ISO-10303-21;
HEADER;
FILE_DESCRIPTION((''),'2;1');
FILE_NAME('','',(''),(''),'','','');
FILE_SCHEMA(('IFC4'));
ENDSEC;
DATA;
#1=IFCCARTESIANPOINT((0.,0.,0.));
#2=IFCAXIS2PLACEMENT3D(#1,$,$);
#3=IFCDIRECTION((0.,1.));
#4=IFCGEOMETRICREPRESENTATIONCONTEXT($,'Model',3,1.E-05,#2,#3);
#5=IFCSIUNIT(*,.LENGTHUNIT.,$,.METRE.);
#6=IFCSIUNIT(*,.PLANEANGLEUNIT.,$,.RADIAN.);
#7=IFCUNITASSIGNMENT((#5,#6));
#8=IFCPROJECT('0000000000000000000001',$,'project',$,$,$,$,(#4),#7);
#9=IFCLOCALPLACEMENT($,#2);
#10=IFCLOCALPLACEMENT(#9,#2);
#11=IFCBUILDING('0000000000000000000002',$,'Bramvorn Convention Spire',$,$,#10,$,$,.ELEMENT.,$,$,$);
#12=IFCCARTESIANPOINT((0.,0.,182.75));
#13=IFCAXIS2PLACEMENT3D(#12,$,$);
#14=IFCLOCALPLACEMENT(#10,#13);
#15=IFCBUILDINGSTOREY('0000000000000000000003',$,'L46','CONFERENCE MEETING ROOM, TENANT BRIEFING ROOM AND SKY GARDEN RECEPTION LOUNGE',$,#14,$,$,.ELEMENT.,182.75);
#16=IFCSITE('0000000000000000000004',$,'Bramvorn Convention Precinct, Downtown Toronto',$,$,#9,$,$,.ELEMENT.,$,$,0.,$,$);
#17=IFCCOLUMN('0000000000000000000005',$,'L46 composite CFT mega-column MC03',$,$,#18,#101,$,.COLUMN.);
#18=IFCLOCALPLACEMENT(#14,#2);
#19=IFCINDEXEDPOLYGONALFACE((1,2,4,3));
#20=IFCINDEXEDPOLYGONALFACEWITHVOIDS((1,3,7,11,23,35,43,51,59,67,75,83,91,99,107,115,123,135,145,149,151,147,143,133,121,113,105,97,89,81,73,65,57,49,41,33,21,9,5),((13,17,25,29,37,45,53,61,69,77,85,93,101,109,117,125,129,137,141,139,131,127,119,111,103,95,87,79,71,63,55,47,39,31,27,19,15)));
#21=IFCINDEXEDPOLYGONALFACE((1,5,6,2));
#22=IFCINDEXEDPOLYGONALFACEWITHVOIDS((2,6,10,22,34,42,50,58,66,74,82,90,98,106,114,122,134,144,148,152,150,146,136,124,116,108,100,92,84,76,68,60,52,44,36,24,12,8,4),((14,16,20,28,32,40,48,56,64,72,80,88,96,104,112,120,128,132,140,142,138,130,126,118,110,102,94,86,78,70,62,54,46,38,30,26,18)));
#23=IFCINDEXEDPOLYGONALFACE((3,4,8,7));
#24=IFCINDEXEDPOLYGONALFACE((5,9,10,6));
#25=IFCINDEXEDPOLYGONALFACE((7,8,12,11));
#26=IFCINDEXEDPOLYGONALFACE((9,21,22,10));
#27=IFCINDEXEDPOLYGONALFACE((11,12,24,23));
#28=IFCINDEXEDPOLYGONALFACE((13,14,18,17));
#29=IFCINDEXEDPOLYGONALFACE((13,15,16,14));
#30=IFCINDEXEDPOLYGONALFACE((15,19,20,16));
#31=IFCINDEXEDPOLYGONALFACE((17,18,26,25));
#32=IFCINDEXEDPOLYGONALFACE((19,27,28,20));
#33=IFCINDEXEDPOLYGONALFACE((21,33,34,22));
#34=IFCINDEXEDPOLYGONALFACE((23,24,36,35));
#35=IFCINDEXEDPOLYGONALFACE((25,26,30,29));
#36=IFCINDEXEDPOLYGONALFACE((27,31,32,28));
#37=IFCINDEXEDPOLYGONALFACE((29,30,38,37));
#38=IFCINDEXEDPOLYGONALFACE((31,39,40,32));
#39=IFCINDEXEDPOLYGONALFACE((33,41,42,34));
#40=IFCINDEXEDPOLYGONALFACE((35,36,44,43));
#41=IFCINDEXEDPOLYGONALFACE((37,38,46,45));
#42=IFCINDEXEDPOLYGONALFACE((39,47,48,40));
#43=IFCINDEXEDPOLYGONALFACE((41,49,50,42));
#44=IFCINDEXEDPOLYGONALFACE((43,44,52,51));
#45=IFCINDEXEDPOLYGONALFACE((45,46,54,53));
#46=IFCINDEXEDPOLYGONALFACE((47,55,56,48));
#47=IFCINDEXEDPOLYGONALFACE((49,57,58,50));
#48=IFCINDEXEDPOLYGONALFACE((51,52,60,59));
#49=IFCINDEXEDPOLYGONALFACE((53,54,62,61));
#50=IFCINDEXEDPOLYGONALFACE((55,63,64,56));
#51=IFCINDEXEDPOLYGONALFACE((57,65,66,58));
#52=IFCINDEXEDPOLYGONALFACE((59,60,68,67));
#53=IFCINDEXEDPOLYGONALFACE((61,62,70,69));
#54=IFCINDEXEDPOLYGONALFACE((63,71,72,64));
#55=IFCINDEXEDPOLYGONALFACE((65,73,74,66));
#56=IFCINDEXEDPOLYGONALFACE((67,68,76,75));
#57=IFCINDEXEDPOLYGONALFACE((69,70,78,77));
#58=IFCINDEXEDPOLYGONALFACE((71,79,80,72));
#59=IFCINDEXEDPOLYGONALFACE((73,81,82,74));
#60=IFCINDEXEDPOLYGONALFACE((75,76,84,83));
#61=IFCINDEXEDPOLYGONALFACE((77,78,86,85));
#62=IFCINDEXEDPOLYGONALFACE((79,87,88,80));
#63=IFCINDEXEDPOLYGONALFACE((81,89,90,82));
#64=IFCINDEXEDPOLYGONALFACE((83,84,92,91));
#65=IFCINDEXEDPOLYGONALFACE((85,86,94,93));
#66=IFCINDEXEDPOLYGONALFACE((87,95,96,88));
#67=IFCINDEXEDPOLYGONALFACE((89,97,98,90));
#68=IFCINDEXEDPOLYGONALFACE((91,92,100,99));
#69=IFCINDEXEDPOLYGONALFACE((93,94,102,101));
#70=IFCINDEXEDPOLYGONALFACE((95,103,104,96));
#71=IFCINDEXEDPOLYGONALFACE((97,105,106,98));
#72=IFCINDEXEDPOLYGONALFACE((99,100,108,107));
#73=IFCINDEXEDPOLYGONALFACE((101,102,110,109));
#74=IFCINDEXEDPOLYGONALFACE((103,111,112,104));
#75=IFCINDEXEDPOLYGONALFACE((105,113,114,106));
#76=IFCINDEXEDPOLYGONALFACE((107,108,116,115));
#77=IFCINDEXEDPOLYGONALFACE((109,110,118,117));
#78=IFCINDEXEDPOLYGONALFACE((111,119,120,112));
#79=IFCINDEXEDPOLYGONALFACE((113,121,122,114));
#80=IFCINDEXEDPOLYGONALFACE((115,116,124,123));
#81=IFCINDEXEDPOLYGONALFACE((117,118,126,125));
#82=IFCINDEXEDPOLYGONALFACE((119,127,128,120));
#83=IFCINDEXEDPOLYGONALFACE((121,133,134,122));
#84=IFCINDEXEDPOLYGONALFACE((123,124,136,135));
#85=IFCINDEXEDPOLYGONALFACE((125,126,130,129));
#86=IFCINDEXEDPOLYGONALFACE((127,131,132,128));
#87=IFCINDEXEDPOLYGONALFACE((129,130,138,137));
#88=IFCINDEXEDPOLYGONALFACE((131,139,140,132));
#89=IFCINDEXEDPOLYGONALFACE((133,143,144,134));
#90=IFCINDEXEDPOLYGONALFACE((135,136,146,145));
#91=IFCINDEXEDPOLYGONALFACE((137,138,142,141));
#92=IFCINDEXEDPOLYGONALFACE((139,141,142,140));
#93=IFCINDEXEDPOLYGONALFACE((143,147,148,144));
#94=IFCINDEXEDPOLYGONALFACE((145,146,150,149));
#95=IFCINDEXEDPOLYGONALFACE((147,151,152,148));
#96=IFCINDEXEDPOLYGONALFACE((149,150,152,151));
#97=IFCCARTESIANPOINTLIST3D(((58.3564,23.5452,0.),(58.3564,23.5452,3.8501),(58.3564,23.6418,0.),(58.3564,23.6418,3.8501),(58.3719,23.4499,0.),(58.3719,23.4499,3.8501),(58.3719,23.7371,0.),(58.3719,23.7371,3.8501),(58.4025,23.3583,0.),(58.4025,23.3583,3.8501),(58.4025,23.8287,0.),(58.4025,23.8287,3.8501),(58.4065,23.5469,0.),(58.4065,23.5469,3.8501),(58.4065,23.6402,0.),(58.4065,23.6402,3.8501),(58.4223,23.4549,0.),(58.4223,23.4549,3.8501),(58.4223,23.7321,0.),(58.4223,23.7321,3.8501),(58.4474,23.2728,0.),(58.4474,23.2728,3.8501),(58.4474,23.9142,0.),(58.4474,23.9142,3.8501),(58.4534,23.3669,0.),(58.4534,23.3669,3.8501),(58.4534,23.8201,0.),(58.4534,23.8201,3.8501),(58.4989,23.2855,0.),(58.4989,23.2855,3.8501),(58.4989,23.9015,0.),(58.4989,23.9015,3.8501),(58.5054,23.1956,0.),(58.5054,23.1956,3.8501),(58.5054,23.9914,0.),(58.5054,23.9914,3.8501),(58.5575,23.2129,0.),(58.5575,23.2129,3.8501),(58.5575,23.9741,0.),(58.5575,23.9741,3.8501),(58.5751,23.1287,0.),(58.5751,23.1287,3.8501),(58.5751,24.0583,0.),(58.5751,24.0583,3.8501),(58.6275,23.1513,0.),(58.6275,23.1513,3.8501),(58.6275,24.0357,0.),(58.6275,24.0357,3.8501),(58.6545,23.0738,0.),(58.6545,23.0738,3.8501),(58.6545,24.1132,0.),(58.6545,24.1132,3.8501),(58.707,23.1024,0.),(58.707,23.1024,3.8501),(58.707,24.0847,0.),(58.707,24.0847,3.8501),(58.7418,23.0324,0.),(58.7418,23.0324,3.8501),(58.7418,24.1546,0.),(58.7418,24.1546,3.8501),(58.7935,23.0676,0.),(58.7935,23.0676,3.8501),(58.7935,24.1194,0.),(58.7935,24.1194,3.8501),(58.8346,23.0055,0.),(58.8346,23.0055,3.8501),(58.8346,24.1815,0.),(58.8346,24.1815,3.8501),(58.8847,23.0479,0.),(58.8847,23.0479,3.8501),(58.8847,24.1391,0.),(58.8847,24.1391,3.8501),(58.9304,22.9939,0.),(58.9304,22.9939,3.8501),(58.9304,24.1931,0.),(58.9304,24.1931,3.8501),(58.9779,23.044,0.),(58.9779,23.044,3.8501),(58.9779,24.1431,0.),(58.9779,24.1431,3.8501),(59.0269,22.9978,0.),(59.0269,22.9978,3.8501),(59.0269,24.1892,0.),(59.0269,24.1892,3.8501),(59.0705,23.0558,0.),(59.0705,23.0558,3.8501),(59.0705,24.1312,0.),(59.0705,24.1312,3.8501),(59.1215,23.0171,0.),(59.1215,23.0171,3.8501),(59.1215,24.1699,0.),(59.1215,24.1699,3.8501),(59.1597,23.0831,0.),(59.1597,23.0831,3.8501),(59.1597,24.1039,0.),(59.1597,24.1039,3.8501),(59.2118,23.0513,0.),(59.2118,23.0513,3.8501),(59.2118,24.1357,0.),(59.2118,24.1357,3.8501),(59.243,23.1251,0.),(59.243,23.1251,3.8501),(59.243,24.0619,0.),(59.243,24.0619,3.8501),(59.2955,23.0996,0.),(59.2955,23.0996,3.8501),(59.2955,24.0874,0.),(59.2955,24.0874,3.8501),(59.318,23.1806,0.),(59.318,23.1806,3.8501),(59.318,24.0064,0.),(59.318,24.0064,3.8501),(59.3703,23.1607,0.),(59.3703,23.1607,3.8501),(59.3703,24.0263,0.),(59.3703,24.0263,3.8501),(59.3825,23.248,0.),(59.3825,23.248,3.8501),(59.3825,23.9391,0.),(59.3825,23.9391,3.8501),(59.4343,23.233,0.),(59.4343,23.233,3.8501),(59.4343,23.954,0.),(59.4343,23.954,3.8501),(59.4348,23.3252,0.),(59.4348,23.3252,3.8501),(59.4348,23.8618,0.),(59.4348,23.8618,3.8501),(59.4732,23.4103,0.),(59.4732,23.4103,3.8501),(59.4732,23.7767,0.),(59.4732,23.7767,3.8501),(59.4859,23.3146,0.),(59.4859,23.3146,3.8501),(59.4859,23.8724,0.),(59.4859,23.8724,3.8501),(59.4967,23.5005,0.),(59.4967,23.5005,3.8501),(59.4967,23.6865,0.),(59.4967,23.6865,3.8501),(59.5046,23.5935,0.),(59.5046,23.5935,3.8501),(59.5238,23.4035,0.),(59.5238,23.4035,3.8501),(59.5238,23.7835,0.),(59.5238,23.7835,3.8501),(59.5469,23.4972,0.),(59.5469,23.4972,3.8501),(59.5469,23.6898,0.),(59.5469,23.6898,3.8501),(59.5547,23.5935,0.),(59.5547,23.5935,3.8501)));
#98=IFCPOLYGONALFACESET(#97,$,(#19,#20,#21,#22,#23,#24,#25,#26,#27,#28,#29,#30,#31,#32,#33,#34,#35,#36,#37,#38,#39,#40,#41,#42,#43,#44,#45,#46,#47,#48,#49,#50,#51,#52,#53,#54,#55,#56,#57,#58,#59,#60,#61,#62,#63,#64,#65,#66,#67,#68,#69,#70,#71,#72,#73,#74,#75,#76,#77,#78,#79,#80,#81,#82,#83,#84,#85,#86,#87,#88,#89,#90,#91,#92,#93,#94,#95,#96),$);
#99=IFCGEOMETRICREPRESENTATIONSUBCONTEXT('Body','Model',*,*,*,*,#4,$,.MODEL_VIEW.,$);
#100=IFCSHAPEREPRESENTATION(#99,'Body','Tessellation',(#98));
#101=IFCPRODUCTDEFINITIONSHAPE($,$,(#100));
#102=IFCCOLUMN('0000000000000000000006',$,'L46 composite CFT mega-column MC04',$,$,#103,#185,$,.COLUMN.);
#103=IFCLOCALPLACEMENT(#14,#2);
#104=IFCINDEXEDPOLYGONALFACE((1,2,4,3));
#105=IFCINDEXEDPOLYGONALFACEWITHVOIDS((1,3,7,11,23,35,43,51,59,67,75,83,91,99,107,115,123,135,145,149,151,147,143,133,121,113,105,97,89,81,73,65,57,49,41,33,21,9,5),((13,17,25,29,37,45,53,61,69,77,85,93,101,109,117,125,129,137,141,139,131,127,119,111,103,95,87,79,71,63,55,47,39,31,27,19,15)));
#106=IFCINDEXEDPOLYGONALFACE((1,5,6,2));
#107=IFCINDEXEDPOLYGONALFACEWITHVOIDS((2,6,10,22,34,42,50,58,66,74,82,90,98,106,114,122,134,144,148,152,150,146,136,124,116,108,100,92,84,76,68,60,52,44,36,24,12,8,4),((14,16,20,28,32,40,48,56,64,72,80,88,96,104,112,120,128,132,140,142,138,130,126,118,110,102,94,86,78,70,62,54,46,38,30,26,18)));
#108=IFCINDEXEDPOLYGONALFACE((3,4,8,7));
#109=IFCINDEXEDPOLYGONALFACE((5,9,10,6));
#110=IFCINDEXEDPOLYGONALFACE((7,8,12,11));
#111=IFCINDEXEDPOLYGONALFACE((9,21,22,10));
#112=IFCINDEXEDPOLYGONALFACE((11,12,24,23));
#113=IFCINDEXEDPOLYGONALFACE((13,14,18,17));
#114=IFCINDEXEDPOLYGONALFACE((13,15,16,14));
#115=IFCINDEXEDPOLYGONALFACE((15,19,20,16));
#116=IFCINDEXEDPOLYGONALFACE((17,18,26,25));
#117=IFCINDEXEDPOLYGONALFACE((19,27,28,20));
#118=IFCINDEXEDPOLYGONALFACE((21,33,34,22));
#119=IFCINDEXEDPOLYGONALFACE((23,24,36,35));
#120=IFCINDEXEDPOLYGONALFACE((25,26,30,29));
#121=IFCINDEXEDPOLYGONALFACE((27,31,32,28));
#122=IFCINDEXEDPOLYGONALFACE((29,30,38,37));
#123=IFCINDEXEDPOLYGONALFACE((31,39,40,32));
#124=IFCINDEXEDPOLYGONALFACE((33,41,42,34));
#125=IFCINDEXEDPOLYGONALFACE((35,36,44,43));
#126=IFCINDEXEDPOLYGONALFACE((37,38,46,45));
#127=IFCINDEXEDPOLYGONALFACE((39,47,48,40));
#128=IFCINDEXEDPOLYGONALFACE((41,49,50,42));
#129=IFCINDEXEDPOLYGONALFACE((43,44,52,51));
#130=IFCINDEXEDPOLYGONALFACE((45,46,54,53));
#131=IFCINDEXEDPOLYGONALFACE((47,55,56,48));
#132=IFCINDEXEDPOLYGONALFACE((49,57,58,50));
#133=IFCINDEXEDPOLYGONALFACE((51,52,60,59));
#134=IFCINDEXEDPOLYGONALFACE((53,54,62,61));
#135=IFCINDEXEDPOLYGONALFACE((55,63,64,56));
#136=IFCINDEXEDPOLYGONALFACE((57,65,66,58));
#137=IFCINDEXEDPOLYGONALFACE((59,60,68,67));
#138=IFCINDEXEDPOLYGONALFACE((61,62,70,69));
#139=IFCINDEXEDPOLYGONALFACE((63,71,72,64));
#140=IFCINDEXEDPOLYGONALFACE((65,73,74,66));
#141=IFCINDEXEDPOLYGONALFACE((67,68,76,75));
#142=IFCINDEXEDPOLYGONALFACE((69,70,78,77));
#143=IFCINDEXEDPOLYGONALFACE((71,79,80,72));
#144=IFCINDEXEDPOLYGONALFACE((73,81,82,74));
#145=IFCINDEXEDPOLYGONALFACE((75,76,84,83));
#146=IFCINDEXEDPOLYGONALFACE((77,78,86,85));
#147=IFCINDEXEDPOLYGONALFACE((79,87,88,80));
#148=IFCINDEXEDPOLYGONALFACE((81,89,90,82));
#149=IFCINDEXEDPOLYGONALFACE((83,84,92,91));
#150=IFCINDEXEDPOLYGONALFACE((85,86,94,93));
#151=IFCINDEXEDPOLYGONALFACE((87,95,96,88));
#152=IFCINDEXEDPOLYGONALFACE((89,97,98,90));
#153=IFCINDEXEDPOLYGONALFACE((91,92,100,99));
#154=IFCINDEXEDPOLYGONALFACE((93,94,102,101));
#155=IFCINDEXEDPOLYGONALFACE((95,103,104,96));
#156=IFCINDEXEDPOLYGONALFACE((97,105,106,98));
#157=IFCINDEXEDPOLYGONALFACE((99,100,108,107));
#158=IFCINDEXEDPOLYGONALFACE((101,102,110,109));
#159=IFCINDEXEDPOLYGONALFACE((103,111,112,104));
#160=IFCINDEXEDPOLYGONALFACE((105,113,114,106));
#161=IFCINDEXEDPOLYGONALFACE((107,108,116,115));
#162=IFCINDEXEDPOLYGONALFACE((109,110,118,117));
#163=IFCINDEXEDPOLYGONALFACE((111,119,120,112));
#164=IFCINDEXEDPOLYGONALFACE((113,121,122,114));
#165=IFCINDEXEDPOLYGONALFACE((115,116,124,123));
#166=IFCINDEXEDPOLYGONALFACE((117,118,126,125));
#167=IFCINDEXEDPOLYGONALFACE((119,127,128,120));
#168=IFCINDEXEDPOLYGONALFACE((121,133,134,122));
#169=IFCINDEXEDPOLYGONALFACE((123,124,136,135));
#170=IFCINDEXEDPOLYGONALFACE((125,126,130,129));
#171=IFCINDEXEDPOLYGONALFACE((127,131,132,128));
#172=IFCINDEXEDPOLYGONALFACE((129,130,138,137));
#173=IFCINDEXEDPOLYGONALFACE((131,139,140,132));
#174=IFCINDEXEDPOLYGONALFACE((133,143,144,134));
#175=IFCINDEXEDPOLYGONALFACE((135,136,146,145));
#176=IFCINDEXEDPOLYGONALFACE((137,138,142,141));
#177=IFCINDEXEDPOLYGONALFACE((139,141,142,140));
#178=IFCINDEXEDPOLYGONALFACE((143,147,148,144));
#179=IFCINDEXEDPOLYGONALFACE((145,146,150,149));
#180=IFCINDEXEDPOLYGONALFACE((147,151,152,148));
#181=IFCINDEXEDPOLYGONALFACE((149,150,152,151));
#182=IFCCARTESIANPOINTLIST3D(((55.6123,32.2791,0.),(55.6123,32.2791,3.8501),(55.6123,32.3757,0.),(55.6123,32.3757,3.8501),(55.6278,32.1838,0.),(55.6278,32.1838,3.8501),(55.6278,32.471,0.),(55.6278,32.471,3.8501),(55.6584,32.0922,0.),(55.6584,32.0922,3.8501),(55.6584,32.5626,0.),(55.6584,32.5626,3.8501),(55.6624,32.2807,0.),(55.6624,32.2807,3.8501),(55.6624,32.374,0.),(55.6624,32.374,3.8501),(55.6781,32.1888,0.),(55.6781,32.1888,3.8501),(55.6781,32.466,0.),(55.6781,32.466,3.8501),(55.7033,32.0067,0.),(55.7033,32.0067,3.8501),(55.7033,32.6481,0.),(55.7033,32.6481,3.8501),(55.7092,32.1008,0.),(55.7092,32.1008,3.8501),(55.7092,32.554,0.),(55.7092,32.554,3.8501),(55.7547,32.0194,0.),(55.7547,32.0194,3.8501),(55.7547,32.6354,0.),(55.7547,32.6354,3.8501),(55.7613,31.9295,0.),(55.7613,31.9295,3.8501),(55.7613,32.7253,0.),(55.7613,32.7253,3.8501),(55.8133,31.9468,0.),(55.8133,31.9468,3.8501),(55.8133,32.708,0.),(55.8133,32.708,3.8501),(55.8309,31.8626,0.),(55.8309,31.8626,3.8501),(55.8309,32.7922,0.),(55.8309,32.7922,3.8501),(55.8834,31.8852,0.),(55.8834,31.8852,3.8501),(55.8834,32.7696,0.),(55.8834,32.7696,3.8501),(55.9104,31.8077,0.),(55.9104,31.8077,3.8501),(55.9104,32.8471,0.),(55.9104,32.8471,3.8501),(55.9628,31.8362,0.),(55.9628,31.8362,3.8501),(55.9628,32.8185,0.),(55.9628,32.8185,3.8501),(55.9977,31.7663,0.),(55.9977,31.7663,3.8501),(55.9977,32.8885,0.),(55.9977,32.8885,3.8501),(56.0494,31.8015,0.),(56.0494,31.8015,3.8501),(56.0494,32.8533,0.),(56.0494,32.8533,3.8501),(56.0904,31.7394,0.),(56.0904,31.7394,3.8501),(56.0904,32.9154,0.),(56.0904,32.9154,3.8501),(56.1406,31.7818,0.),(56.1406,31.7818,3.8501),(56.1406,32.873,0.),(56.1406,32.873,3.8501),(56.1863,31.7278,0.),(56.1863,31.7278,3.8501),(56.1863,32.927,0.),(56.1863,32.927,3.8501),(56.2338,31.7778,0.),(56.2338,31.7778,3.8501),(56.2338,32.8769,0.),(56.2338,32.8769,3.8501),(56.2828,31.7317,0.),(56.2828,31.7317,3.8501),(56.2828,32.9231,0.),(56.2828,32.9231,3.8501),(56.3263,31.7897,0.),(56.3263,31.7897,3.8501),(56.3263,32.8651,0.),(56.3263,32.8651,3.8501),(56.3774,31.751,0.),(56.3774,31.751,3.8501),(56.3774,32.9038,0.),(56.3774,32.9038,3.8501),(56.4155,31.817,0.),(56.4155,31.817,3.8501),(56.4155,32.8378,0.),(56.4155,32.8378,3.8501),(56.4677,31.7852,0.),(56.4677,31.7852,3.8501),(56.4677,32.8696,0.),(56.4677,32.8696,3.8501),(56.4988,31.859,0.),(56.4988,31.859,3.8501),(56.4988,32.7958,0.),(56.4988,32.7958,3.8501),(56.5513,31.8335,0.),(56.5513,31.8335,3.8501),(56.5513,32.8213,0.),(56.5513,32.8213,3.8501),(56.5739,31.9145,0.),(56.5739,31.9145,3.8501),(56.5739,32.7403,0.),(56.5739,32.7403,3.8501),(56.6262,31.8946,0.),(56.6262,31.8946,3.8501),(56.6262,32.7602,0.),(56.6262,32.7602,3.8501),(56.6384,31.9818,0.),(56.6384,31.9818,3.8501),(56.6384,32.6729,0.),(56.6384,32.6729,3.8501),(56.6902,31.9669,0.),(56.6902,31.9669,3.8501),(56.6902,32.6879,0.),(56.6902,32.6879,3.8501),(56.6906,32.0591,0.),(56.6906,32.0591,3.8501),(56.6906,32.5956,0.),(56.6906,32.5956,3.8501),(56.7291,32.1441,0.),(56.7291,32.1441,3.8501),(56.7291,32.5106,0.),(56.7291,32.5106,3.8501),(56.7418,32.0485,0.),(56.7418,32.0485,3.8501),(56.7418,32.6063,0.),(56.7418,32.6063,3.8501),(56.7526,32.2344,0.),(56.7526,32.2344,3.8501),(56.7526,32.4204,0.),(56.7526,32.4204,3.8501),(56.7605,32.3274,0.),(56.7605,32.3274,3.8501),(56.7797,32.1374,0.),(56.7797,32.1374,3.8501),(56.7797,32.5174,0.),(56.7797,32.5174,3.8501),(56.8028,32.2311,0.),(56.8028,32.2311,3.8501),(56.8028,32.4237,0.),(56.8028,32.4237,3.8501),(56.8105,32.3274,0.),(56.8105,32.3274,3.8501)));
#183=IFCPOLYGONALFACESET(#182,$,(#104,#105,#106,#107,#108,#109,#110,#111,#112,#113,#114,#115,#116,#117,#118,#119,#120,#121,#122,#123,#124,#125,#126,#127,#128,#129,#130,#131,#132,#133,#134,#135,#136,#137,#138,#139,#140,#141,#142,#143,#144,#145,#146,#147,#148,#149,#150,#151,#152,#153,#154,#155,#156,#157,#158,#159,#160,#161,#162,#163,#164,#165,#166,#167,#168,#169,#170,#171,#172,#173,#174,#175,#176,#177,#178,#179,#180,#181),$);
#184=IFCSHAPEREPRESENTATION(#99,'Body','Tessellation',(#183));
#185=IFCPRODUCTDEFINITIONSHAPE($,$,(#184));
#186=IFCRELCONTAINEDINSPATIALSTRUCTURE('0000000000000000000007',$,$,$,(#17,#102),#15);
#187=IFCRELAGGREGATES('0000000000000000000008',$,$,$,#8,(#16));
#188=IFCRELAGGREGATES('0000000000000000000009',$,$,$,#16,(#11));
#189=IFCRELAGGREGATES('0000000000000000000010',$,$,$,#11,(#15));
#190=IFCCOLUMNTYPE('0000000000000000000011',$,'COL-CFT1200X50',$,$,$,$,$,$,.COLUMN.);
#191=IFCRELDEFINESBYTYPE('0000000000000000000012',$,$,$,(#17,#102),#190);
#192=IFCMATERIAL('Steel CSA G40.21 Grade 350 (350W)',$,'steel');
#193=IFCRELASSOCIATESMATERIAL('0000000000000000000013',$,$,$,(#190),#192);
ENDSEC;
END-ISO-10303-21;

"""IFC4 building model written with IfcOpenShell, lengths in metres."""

from ifc_helpers import new_model, si_unit, direction, frame, origin, origin_2d, place, context, subcontext, project, spatial, hollow_circle, extrude, material, material_profile, profile_set, type_object, element, save


model = new_model("IFC4")

# Units and contexts
model_context = context("Model", 3, precision=1e-05, world=origin(), true_north=direction((0.0, 1.0)))
body_context = subcontext(model_context, "Body", "Model", "MODEL_VIEW")
ifc_project = project(units=[si_unit("LENGTHUNIT", "METRE"), si_unit("PLANEANGLEUNIT", "RADIAN")], contexts=[model_context])

# Site, building, storey
site_placement = place(None, origin())
site = spatial("IfcSite", under=ifc_project, at=site_placement, Name="Bramvorn Convention Precinct, Downtown Toronto", CompositionType="ELEMENT", RefElevation=0.0)
building_placement = place(site_placement, origin())
building = spatial("IfcBuilding", under=site, at=building_placement, Name="Bramvorn Convention Spire", CompositionType="ELEMENT")
storey_placement = place(building_placement, frame((0.0, 0.0, 182.75)))
storey = spatial("IfcBuildingStorey", under=building, at=storey_placement, Name="L46", Description="CONFERENCE MEETING ROOM, TENANT BRIEFING ROOM AND SKY GARDEN RECEPTION LOUNGE", CompositionType="ELEMENT", Elevation=182.75)

# Columns
ifc_material_1 = material(Name="Steel CSA G40.21 Grade 350 (350W)", Category="steel")
ifc_material_profile_1 = material_profile(ifc_material_1, hollow_circle(Radius=0.6001, WallThickness=0.05, at=origin_2d()))
ifc_profile_set_1 = profile_set([ifc_material_profile_1], Name="Steel CSA G40.21 Grade 350 (350W) - CFT1200X50")
column_type = type_object("IfcColumnType", Name="COL-CFT1200X50", PredefinedType="COLUMN", material=ifc_profile_set_1)
for number, where, z_axis, x_axis, name in (
    (1, (58.9546, 23.5935, 0.0), (0.0, 0.0, 1.0), (1.0, 0.0, 0.0), "L46 composite CFT mega-column MC03"),
    (2, (56.2104, 32.3274, 0.0), (0.0, 0.0, 1.0), (1.0, 0.0, 0.0), "L46 composite CFT mega-column MC04"),
):
    element("IfcColumn", number, at=place(storey_placement, frame(where, z_axis=z_axis, x_axis=x_axis)), inside=storey, type_object=column_type, Name=name, PredefinedType="COLUMN", context=body_context, shape_type="SweptSolid", body=[
        extrude(hollow_circle(Radius=0.6001, WallThickness=0.05, at=origin_2d()), origin(), (0.0, 0.0, 1.0), 3.8501),
    ])

save(model, "model.ifc")
